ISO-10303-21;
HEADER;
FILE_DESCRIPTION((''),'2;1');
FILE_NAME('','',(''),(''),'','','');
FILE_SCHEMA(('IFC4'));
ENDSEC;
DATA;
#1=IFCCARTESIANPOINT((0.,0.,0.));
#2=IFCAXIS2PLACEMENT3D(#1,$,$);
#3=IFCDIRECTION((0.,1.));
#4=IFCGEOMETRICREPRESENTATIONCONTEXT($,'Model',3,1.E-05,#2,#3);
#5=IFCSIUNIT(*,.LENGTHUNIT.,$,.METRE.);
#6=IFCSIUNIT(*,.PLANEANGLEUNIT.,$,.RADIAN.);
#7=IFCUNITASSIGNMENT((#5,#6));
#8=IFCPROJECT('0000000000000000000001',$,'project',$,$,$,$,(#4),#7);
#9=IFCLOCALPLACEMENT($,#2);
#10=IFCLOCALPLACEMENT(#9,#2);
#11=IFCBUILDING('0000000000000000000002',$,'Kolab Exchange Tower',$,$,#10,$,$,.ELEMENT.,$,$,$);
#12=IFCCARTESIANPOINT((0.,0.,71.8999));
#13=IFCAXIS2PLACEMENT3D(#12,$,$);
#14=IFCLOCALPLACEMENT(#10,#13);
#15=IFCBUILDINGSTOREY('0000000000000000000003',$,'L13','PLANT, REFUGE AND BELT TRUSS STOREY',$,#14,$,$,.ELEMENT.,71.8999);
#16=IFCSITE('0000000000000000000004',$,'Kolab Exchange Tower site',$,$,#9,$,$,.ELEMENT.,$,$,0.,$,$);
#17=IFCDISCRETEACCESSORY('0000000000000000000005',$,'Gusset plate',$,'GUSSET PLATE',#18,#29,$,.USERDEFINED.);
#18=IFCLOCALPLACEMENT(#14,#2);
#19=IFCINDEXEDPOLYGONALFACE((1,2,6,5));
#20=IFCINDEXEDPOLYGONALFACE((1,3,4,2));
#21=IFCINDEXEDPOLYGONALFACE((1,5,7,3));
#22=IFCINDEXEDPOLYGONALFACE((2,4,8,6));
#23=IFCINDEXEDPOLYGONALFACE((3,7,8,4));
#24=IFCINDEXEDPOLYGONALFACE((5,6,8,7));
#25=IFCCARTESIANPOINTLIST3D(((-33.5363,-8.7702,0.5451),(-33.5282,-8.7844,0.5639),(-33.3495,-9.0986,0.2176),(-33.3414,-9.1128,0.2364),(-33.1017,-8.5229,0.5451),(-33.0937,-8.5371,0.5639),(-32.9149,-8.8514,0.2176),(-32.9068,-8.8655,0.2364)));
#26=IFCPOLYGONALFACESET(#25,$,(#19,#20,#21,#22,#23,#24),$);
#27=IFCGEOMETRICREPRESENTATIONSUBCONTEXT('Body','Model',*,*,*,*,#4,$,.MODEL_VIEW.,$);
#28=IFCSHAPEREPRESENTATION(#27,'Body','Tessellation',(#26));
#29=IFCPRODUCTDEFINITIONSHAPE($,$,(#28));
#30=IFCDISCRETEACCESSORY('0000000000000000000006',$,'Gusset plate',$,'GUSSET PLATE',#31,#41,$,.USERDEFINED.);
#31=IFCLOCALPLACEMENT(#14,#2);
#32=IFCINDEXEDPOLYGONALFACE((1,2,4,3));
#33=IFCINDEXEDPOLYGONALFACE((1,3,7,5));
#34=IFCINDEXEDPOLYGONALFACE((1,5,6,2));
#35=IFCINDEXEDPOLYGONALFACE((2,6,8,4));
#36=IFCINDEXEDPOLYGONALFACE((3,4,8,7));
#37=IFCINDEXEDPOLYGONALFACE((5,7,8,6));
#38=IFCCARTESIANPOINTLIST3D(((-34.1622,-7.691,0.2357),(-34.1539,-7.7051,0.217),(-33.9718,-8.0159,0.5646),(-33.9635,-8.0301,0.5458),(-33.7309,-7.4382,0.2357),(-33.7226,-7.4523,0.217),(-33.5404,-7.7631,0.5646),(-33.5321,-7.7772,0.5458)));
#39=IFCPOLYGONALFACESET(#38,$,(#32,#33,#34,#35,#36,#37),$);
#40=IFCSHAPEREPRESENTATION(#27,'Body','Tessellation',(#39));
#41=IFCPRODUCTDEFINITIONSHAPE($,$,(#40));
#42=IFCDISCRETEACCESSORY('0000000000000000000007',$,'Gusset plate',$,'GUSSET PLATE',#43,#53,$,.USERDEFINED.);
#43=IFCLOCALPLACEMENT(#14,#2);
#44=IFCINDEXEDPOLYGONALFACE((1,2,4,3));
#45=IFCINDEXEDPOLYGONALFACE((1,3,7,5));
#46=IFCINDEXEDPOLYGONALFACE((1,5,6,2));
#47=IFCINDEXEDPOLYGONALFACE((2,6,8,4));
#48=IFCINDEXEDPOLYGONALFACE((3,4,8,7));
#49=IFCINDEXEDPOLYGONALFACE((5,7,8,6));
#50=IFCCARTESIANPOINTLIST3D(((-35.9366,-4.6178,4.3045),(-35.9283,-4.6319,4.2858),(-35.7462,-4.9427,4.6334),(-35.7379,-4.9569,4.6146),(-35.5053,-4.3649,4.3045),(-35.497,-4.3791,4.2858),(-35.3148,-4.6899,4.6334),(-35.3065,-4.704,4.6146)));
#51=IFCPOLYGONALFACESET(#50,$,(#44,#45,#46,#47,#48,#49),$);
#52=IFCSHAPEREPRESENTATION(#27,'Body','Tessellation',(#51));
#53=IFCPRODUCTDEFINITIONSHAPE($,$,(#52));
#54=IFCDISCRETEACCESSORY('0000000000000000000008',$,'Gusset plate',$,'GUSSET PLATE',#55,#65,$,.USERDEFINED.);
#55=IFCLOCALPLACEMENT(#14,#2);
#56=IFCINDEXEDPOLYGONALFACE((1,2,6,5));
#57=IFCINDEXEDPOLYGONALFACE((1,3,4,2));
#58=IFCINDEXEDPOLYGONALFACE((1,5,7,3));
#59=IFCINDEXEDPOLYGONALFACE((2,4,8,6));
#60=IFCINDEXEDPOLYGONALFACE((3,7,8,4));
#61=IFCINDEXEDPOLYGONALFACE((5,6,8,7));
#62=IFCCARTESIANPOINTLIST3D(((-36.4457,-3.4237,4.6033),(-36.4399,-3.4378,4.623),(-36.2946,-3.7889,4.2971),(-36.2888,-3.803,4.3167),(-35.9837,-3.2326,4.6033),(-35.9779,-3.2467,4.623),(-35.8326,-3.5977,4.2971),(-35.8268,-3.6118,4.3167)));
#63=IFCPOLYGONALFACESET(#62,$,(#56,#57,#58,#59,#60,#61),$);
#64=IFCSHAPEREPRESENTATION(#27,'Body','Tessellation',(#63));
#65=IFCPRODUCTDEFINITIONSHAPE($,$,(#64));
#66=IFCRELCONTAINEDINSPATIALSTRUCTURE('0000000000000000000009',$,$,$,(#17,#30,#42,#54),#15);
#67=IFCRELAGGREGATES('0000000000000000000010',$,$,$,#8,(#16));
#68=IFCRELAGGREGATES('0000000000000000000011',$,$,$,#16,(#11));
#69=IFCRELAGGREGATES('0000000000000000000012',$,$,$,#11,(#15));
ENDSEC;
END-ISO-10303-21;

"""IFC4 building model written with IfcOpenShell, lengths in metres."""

from ifc_helpers import new_model, si_unit, direction, frame, origin, origin_2d, place, context, subcontext, project, spatial, rectangle, extrude, element, save


model = new_model("IFC4")

# Units and contexts
model_context = context("Model", 3, precision=1e-05, world=origin(), true_north=direction((0.0, 1.0)))
body_context = subcontext(model_context, "Body", "Model", "MODEL_VIEW")
ifc_project = project(units=[si_unit("LENGTHUNIT", "METRE"), si_unit("PLANEANGLEUNIT", "RADIAN")], contexts=[model_context])

# Site, building, storey
site_placement = place(None, origin())
site = spatial("IfcSite", under=ifc_project, at=site_placement, Name="Kolab Exchange Tower site", CompositionType="ELEMENT", RefElevation=0.0)
building_placement = place(site_placement, origin())
building = spatial("IfcBuilding", under=site, at=building_placement, Name="Kolab Exchange Tower", CompositionType="ELEMENT")
storey_placement = place(building_placement, frame((0.0, 0.0, 71.8999)))
storey = spatial("IfcBuildingStorey", under=building, at=storey_placement, Name="L13", Description="PLANT, REFUGE AND BELT TRUSS STOREY", CompositionType="ELEMENT", Elevation=71.8999)

# Discrete accessories
for number, where, z_axis, x_axis, name in (
    (1, (-33.2175, -8.825, 0.4001), (-0.323872, 0.56923, -0.755701), (-0.869164, -0.494524, 0.0), "Gusset plate"),
    (2, (-33.8513, -7.7271, 0.4001), (0.332615, -0.567402, -0.753275), (0.862698, 0.505719, 0.0), "Gusset plate"),
    (3, (-35.6174, -4.668, 4.4502), (-0.332615, 0.567402, 0.753275), (-0.862698, -0.505719, 0.0), "Gusset plate"),
    (4, (-36.1392, -3.5107, 4.4502), (0.234205, -0.565995, 0.790441), (0.924017, 0.382352, 0.0), "Gusset plate"),
):
    element("IfcDiscreteAccessory", number, at=place(storey_placement, frame(where, z_axis=z_axis, x_axis=x_axis)), inside=storey, Name=name, ObjectType="GUSSET PLATE", PredefinedType="USERDEFINED", context=body_context, shape_type="SweptSolid", body=[
        extrude(rectangle(XDim=0.5, YDim=0.5, at=origin_2d()), origin(), (0.0, 0.0, 1.0), 0.0249),
    ])

save(model, "model.ifc")
